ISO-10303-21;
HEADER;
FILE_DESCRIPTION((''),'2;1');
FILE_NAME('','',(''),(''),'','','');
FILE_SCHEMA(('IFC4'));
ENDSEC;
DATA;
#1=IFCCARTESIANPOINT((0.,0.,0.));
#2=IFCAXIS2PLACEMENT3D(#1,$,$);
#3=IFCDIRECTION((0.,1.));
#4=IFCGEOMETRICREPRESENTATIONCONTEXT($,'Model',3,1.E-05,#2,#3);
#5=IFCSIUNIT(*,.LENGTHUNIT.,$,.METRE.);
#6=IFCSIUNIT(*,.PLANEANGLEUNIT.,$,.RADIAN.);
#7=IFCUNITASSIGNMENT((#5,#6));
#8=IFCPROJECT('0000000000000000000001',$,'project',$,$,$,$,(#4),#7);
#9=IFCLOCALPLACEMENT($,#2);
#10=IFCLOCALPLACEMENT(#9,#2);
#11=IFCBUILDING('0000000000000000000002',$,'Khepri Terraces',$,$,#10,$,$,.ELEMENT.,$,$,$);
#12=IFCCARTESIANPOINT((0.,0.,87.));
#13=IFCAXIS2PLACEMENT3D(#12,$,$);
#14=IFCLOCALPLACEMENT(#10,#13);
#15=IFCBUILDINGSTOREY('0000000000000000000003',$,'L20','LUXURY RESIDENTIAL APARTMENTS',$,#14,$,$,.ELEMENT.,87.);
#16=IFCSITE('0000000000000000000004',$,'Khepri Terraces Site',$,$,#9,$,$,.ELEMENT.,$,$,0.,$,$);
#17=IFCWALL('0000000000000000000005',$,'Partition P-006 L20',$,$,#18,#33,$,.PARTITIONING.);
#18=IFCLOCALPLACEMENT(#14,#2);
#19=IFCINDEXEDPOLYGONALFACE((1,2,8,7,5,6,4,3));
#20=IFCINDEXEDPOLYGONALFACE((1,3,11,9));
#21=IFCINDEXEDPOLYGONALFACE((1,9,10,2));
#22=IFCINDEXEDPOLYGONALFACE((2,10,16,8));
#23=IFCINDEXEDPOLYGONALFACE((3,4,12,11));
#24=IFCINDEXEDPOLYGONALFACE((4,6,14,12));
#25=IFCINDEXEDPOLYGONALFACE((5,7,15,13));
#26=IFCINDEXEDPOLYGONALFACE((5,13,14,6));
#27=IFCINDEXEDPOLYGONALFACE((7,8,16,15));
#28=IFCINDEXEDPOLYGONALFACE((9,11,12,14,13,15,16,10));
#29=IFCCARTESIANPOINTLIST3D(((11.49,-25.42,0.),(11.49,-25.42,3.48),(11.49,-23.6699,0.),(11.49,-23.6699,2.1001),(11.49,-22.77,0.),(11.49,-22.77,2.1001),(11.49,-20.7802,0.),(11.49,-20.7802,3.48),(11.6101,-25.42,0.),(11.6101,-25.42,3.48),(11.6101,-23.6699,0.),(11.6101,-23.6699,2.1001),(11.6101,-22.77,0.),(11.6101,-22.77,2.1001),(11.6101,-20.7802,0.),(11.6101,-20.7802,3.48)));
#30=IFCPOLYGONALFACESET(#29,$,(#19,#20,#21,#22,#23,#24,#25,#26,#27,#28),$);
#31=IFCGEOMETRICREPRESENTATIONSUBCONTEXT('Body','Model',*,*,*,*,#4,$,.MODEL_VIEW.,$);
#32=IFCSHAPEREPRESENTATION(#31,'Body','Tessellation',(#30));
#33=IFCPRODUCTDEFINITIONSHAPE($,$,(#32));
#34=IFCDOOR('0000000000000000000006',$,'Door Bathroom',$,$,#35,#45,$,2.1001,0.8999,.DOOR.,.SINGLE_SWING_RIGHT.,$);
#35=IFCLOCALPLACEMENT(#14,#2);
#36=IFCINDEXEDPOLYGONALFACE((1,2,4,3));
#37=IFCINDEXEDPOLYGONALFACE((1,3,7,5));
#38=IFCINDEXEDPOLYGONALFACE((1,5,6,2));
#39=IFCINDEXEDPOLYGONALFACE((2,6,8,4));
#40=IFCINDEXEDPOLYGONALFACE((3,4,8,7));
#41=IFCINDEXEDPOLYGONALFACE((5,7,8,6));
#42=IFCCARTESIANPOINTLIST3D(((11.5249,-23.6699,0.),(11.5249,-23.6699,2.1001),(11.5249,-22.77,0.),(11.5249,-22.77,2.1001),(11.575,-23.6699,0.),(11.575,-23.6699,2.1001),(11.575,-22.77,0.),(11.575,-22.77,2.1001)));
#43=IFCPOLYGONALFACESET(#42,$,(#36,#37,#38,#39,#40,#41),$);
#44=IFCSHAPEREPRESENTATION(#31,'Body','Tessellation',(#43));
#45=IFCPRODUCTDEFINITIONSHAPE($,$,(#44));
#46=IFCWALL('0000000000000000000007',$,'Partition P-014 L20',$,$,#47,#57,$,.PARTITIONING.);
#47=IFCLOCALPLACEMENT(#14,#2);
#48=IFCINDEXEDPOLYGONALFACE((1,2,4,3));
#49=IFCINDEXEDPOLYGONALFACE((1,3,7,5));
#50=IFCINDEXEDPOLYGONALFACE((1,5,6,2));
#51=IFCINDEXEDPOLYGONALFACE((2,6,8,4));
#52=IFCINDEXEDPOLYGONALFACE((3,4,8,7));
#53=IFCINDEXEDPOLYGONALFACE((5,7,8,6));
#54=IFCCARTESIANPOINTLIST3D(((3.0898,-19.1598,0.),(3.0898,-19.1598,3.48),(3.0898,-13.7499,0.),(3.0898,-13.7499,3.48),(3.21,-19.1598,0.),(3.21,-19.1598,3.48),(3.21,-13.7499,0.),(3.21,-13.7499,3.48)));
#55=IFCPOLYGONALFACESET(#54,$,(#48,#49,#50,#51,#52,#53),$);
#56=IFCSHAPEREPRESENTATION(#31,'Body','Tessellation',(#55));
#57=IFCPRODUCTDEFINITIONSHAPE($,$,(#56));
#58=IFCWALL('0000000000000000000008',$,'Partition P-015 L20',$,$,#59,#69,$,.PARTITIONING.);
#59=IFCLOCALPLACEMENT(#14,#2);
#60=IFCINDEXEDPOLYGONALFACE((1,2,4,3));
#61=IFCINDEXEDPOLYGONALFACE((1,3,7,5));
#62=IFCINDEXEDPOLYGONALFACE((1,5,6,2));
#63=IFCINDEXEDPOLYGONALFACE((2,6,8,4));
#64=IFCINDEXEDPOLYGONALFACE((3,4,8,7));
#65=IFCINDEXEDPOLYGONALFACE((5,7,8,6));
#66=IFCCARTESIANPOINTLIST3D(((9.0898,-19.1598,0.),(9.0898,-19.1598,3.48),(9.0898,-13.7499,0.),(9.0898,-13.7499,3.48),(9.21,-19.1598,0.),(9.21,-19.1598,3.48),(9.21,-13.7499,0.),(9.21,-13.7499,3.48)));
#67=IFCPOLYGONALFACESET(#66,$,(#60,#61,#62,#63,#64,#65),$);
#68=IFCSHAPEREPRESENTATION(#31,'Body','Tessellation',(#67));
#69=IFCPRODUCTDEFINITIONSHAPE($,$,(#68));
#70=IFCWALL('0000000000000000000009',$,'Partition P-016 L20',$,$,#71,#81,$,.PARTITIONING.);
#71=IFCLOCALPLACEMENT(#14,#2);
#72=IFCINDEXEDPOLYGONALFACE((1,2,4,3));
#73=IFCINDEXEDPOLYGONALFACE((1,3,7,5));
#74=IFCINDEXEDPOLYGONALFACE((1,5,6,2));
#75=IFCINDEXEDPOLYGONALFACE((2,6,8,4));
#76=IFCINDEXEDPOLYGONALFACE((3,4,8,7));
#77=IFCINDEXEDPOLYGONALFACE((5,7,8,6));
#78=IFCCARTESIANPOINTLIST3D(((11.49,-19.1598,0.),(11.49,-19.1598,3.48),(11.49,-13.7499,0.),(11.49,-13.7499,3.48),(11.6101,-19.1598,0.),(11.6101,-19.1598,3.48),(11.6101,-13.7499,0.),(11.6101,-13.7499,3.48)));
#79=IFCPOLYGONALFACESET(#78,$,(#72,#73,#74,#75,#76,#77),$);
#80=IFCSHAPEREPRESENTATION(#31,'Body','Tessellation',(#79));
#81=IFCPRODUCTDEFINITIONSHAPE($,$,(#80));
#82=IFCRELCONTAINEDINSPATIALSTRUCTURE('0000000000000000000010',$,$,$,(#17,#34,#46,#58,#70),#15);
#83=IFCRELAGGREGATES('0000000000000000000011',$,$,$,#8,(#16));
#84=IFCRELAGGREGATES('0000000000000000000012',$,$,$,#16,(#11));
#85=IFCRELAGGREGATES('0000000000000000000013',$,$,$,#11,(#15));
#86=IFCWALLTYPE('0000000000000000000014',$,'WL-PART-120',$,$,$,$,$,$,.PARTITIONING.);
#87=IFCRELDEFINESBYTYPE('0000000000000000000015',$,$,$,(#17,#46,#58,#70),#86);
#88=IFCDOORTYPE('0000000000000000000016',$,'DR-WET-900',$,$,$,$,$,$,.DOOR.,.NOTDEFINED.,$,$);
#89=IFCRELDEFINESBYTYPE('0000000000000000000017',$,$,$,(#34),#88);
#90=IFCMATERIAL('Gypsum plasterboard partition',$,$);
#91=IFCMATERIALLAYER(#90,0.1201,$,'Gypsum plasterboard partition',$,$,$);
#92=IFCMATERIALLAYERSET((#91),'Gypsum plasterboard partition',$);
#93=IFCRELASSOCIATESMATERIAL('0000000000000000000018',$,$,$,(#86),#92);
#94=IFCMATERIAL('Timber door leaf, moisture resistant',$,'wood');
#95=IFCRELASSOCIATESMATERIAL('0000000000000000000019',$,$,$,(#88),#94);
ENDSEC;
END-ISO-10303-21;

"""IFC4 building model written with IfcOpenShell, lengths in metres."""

from ifc_helpers import new_model, si_unit, direction, frame, frame_2d, origin, place, context, subcontext, project, spatial, rectangle, extrude, material, layer, layer_set, type_object, element, fill, save


model = new_model("IFC4")

# Units and contexts
model_context = context("Model", 3, precision=1e-05, world=origin(), true_north=direction((0.0, 1.0)))
body_context = subcontext(model_context, "Body", "Model", "MODEL_VIEW")
ifc_project = project(units=[si_unit("LENGTHUNIT", "METRE"), si_unit("PLANEANGLEUNIT", "RADIAN")], contexts=[model_context])

# Site, building, storey
site_placement = place(None, origin())
site = spatial("IfcSite", under=ifc_project, at=site_placement, Name="Khepri Terraces Site", CompositionType="ELEMENT", RefElevation=0.0)
building_placement = place(site_placement, origin())
building = spatial("IfcBuilding", under=site, at=building_placement, Name="Khepri Terraces", CompositionType="ELEMENT")
storey_placement = place(building_placement, frame((0.0, 0.0, 87.0)))
storey = spatial("IfcBuildingStorey", under=building, at=storey_placement, Name="L20", Description="LUXURY RESIDENTIAL APARTMENTS", CompositionType="ELEMENT", Elevation=87.0)

# Shared definitions
ifc_material_1 = material(Name="Gypsum plasterboard partition")
ifc_layer_1 = layer(ifc_material_1, 0.1201, Name="Gypsum plasterboard partition")
ifc_layer_set_1 = layer_set([ifc_layer_1], Name="Gypsum plasterboard partition")
wall_type_1 = type_object("IfcWallType", Name="WL-PART-120", PredefinedType="PARTITIONING", material=ifc_layer_set_1)
ifc_material_2 = material(Name="Timber door leaf, moisture resistant", Category="wood")
door_type_1 = type_object("IfcDoorType", Name="DR-WET-900", OperationType="NOTDEFINED", PredefinedType="DOOR", material=ifc_material_2)

# Wall, opening, door
wall_1_placement = place(storey_placement, frame((11.55, -25.4199, 0.0), z_axis=(0.0, 0.0, 1.0), x_axis=(0.0, 1.0, 0.0)))
wall_1 = element("IfcWall", 1, at=wall_1_placement, inside=storey, type_object=wall_type_1, Name="Partition P-006 L20", PredefinedType="PARTITIONING", context=body_context, shape_type="SweptSolid", body=[
    extrude(rectangle(XDim=4.6399, YDim=0.1201, at=frame_2d((2.3198, 0.0))), origin(), (0.0, 0.0, 1.0), 3.48),
])
opening_1_placement = place(wall_1_placement, frame((1.75, 0.0, 0.0)))
opening_1 = element("IfcOpeningElement", 2, at=opening_1_placement, cuts=wall_1, PredefinedType="OPENING", context=body_context, shape_type="SweptSolid", body=[
    extrude(rectangle(XDim=0.8999, YDim=2.1001, at=frame_2d((0.45, 1.05))), frame((0.0, 0.0701, 0.0), z_axis=(0.0, -1.0, 0.0), x_axis=(1.0, 0.0, 0.0)), (0.0, 0.0, 1.0), 0.1401),
])
door_1_placement = place(opening_1_placement, frame((0.8999, 0.0, 0.0), z_axis=(0.0, 0.0, 1.0), x_axis=(-1.0, 0.0, 0.0)))
door_1 = element("IfcDoor", 3, at=door_1_placement, inside=storey, type_object=door_type_1, Name="Door Bathroom", OperationType="SINGLE_SWING_RIGHT", OverallHeight=2.1001, OverallWidth=0.8999, PredefinedType="DOOR", context=body_context, shape_type="SweptSolid", body=[
    extrude(rectangle(XDim=0.8999, YDim=2.1001, at=frame_2d((0.45, 1.05))), frame((0.0, 0.0249, 0.0), z_axis=(0.0, -1.0, 0.0), x_axis=(1.0, 0.0, 0.0)), (0.0, 0.0, 1.0), 0.05),
])
fill(opening_1, door_1)

# Walls
for number, where, z_axis, x_axis, name in (
    (4, (3.1499, -19.1599, 0.0), (0.0, 0.0, 1.0), (0.0, 1.0, 0.0), "Partition P-014 L20"),
    (5, (9.1499, -19.1599, 0.0), (0.0, 0.0, 1.0), (0.0, 1.0, 0.0), "Partition P-015 L20"),
    (6, (11.55, -19.1599, 0.0), (0.0, 0.0, 1.0), (0.0, 1.0, 0.0), "Partition P-016 L20"),
):
    element("IfcWall", number, at=place(storey_placement, frame(where, z_axis=z_axis, x_axis=x_axis)), inside=storey, type_object=wall_type_1, Name=name, PredefinedType="PARTITIONING", context=body_context, shape_type="SweptSolid", body=[
        extrude(rectangle(XDim=5.4099, YDim=0.1201, at=frame_2d((2.7051, 0.0))), origin(), (0.0, 0.0, 1.0), 3.48),
    ])

save(model, "model.ifc")
